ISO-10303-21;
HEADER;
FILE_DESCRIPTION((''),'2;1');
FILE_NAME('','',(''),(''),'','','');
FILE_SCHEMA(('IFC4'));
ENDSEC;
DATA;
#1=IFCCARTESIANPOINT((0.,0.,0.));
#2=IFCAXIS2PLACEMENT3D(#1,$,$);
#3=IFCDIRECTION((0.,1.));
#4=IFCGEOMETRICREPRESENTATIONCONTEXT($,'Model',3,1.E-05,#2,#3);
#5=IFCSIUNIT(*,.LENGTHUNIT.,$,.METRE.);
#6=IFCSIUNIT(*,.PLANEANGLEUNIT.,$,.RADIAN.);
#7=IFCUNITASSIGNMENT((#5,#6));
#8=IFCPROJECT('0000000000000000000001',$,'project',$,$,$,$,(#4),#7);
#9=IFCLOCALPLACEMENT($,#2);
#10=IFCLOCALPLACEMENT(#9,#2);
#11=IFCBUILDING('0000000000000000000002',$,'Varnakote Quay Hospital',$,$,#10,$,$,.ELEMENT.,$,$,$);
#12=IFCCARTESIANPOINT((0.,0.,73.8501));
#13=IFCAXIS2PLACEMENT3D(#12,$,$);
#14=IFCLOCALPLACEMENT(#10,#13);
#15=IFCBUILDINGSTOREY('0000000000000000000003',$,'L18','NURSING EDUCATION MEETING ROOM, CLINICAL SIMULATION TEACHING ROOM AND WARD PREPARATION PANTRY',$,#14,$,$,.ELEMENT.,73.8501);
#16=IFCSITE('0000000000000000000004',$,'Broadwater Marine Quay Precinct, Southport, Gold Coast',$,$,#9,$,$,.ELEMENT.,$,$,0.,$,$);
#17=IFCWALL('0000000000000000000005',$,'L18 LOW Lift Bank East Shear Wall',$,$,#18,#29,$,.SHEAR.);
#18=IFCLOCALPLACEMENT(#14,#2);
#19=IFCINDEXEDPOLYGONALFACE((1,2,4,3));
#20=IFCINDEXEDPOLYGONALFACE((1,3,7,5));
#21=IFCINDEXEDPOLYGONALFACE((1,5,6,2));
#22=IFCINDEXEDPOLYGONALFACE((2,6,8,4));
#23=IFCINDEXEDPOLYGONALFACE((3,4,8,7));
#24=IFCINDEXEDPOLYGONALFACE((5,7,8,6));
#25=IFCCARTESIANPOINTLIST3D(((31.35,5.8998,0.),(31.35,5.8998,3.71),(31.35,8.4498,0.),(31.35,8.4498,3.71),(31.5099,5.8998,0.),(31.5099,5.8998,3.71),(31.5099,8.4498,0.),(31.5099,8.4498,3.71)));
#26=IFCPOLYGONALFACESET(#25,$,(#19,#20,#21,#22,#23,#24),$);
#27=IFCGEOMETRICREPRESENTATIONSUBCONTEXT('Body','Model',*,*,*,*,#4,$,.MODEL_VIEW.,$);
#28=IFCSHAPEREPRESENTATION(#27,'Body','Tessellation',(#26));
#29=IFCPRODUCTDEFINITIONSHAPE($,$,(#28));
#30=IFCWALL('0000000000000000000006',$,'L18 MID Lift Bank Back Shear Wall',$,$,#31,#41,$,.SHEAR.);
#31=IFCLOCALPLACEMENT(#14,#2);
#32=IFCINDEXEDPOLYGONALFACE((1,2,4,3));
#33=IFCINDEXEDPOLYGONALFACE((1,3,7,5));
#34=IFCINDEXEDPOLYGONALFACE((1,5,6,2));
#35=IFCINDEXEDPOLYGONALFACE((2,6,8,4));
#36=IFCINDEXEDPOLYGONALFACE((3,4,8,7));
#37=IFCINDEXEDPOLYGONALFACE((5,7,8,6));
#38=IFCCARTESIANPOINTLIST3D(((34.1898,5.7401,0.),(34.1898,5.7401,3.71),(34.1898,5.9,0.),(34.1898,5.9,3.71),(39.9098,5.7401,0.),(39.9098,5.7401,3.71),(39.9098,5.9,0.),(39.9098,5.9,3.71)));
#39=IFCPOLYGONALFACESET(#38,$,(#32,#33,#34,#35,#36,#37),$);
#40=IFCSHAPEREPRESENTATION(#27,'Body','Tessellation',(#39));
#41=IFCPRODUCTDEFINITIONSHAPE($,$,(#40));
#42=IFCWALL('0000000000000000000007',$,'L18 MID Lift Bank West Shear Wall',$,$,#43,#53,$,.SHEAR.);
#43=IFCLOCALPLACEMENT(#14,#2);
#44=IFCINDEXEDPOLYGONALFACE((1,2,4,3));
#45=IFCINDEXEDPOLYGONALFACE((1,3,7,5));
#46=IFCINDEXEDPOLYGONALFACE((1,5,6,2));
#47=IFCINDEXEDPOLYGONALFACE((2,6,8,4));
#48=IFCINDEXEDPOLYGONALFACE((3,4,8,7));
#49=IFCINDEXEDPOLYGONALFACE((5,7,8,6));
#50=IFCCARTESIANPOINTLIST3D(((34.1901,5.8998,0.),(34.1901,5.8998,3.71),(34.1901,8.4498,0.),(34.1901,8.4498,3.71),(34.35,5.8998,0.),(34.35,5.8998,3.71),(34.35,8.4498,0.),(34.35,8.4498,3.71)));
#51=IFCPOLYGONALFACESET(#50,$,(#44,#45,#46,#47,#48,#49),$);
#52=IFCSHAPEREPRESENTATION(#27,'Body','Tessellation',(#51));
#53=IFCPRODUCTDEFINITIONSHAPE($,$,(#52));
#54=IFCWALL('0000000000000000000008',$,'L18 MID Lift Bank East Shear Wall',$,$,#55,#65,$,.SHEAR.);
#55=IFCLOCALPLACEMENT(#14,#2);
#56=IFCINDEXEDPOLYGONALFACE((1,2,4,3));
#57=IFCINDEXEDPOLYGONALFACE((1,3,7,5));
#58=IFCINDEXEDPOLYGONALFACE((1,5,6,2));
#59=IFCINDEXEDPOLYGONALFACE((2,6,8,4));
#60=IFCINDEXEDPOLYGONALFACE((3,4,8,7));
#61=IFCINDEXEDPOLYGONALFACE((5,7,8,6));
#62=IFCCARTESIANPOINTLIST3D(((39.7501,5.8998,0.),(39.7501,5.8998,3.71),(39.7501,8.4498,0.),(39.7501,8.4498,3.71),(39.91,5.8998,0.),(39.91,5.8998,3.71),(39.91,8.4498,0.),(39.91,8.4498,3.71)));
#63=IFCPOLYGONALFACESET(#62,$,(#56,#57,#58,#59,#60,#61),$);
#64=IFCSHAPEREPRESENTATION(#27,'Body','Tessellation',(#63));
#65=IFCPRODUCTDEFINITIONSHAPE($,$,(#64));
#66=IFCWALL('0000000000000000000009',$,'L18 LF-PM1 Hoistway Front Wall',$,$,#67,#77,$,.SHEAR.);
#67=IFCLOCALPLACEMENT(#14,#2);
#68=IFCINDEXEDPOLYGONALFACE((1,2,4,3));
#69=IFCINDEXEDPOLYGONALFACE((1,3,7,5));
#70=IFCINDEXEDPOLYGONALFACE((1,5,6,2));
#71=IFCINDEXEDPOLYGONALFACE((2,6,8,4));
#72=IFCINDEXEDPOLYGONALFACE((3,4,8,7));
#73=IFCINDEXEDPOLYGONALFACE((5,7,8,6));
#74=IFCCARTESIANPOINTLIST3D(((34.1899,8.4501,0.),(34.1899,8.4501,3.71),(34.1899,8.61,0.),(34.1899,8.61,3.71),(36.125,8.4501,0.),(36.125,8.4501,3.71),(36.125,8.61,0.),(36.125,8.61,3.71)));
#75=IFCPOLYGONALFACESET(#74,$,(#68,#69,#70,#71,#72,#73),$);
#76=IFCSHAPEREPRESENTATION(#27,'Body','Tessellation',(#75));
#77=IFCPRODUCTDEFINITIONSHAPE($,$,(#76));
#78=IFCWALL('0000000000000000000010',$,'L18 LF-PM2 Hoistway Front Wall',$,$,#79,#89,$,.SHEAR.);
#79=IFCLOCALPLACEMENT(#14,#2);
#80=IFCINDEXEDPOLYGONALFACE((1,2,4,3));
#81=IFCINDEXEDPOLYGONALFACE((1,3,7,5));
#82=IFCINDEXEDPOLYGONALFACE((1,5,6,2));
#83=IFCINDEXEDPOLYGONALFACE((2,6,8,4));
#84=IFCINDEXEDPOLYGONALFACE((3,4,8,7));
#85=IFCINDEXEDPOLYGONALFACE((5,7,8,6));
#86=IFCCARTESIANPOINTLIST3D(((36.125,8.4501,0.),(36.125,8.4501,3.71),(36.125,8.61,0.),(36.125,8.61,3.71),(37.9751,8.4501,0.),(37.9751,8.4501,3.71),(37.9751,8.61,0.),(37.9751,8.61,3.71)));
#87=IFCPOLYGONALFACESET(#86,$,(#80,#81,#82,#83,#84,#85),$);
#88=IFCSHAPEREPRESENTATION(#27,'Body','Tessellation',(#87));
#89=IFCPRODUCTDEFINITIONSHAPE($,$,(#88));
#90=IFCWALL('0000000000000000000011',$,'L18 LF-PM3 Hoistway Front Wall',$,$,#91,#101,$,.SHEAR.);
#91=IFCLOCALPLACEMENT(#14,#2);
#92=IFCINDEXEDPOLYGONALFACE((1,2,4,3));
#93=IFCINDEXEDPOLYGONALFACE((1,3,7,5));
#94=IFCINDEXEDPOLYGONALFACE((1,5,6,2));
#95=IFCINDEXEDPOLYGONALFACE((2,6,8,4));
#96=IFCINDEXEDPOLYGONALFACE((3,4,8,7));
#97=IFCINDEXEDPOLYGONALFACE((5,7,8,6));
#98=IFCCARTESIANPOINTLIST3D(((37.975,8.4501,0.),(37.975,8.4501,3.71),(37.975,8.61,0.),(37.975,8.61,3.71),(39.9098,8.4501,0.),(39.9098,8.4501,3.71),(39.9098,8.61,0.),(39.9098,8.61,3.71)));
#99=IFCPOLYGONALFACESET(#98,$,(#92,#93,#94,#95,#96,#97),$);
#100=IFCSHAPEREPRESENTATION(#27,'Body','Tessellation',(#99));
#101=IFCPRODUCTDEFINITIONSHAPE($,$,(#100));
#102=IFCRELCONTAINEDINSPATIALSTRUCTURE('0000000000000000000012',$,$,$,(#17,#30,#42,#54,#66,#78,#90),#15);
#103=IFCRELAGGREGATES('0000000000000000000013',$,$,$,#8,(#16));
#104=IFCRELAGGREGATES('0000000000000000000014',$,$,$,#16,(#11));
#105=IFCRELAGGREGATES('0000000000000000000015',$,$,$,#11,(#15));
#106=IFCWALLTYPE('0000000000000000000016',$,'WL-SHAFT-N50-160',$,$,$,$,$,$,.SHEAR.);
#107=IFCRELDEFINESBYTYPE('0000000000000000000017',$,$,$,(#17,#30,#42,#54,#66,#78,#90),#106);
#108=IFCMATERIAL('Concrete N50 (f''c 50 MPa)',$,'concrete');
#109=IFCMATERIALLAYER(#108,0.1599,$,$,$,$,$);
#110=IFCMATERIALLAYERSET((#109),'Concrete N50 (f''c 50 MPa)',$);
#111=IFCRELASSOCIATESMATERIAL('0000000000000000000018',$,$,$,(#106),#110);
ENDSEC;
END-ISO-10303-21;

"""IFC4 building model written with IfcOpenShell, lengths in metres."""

from ifc_helpers import new_model, si_unit, direction, frame, frame_2d, origin, place, context, subcontext, project, spatial, rectangle, extrude, material, layer, layer_set, type_object, element, save


model = new_model("IFC4")

# Units and contexts
model_context = context("Model", 3, precision=1e-05, world=origin(), true_north=direction((0.0, 1.0)))
body_context = subcontext(model_context, "Body", "Model", "MODEL_VIEW")
ifc_project = project(units=[si_unit("LENGTHUNIT", "METRE"), si_unit("PLANEANGLEUNIT", "RADIAN")], contexts=[model_context])

# Site, building, storey
site_placement = place(None, origin())
site = spatial("IfcSite", under=ifc_project, at=site_placement, Name="Broadwater Marine Quay Precinct, Southport, Gold Coast", CompositionType="ELEMENT", RefElevation=0.0)
building_placement = place(site_placement, origin())
building = spatial("IfcBuilding", under=site, at=building_placement, Name="Varnakote Quay Hospital", CompositionType="ELEMENT")
storey_placement = place(building_placement, frame((0.0, 0.0, 73.8501)))
storey = spatial("IfcBuildingStorey", under=building, at=storey_placement, Name="L18", Description="NURSING EDUCATION MEETING ROOM, CLINICAL SIMULATION TEACHING ROOM AND WARD PREPARATION PANTRY", CompositionType="ELEMENT", Elevation=73.8501)

# Wall
ifc_material_1 = material(Name="Concrete N50 (f'c 50 MPa)", Category="concrete")
ifc_layer_1 = layer(ifc_material_1, 0.1599)
ifc_layer_set_1 = layer_set([ifc_layer_1], Name="Concrete N50 (f'c 50 MPa)")
wall_type_1 = type_object("IfcWallType", Name="WL-SHAFT-N50-160", PredefinedType="SHEAR", material=ifc_layer_set_1)
for number, where, z_axis, x_axis, name in (
    (1, (31.4299, 5.8999, 0.0), (0.0, 0.0, 1.0), (0.0, 1.0, 0.0), "L18 LOW Lift Bank East Shear Wall"),
):
    element("IfcWall", number, at=place(storey_placement, frame(where, z_axis=z_axis, x_axis=x_axis)), inside=storey, type_object=wall_type_1, Name=name, PredefinedType="SHEAR", context=body_context, shape_type="SweptSolid", body=[
        extrude(rectangle(XDim=2.55, YDim=0.1599, at=frame_2d((1.2749, 0.0))), origin(), (0.0, 0.0, 1.0), 3.71),
    ])

# Walls
wall_1_placement = place(storey_placement, frame((34.1899, 5.8201, 0.0), z_axis=(0.0, 0.0, 1.0), x_axis=(1.0, 0.0, 0.0)))
element("IfcWall", 2, at=wall_1_placement, inside=storey, type_object=wall_type_1, Name="L18 MID Lift Bank Back Shear Wall", PredefinedType="SHEAR", context=body_context, shape_type="SweptSolid", body=[
    extrude(rectangle(XDim=5.72, YDim=0.1599, at=frame_2d((2.8599, 0.0))), origin(), (0.0, 0.0, 1.0), 3.71),
])
for number, where, z_axis, x_axis, name in (
    (3, (34.27, 5.8999, 0.0), (0.0, 0.0, 1.0), (0.0, 1.0, 0.0), "L18 MID Lift Bank West Shear Wall"),
    (4, (39.8301, 5.8999, 0.0), (0.0, 0.0, 1.0), (0.0, 1.0, 0.0), "L18 MID Lift Bank East Shear Wall"),
):
    element("IfcWall", number, at=place(storey_placement, frame(where, z_axis=z_axis, x_axis=x_axis)), inside=storey, type_object=wall_type_1, Name=name, PredefinedType="SHEAR", context=body_context, shape_type="SweptSolid", body=[
        extrude(rectangle(XDim=2.55, YDim=0.1599, at=frame_2d((1.2749, 0.0))), origin(), (0.0, 0.0, 1.0), 3.71),
    ])
wall_2_placement = place(storey_placement, frame((34.1899, 8.53, 0.0), z_axis=(0.0, 0.0, 1.0), x_axis=(1.0, 0.0, 0.0)))
element("IfcWall", 5, at=wall_2_placement, inside=storey, type_object=wall_type_1, Name="L18 LF-PM1 Hoistway Front Wall", PredefinedType="SHEAR", context=body_context, shape_type="SweptSolid", body=[
    extrude(rectangle(XDim=1.9351, YDim=0.1599, at=frame_2d((0.9675, 0.0))), origin(), (0.0, 0.0, 1.0), 3.71),
])
wall_3_placement = place(storey_placement, frame((36.125, 8.53, 0.0), z_axis=(0.0, 0.0, 1.0), x_axis=(1.0, 0.0, 0.0)))
element("IfcWall", 6, at=wall_3_placement, inside=storey, type_object=wall_type_1, Name="L18 LF-PM2 Hoistway Front Wall", PredefinedType="SHEAR", context=body_context, shape_type="SweptSolid", body=[
    extrude(rectangle(XDim=1.8501, YDim=0.1599, at=frame_2d((0.925, 0.0))), origin(), (0.0, 0.0, 1.0), 3.71),
])
wall_4_placement = place(storey_placement, frame((37.9751, 8.53, 0.0), z_axis=(0.0, 0.0, 1.0), x_axis=(1.0, 0.0, 0.0)))
element("IfcWall", 7, at=wall_4_placement, inside=storey, type_object=wall_type_1, Name="L18 LF-PM3 Hoistway Front Wall", PredefinedType="SHEAR", context=body_context, shape_type="SweptSolid", body=[
    extrude(rectangle(XDim=1.9348, YDim=0.1599, at=frame_2d((0.9673, 0.0))), origin(), (0.0, 0.0, 1.0), 3.71),
])

save(model, "model.ifc")
